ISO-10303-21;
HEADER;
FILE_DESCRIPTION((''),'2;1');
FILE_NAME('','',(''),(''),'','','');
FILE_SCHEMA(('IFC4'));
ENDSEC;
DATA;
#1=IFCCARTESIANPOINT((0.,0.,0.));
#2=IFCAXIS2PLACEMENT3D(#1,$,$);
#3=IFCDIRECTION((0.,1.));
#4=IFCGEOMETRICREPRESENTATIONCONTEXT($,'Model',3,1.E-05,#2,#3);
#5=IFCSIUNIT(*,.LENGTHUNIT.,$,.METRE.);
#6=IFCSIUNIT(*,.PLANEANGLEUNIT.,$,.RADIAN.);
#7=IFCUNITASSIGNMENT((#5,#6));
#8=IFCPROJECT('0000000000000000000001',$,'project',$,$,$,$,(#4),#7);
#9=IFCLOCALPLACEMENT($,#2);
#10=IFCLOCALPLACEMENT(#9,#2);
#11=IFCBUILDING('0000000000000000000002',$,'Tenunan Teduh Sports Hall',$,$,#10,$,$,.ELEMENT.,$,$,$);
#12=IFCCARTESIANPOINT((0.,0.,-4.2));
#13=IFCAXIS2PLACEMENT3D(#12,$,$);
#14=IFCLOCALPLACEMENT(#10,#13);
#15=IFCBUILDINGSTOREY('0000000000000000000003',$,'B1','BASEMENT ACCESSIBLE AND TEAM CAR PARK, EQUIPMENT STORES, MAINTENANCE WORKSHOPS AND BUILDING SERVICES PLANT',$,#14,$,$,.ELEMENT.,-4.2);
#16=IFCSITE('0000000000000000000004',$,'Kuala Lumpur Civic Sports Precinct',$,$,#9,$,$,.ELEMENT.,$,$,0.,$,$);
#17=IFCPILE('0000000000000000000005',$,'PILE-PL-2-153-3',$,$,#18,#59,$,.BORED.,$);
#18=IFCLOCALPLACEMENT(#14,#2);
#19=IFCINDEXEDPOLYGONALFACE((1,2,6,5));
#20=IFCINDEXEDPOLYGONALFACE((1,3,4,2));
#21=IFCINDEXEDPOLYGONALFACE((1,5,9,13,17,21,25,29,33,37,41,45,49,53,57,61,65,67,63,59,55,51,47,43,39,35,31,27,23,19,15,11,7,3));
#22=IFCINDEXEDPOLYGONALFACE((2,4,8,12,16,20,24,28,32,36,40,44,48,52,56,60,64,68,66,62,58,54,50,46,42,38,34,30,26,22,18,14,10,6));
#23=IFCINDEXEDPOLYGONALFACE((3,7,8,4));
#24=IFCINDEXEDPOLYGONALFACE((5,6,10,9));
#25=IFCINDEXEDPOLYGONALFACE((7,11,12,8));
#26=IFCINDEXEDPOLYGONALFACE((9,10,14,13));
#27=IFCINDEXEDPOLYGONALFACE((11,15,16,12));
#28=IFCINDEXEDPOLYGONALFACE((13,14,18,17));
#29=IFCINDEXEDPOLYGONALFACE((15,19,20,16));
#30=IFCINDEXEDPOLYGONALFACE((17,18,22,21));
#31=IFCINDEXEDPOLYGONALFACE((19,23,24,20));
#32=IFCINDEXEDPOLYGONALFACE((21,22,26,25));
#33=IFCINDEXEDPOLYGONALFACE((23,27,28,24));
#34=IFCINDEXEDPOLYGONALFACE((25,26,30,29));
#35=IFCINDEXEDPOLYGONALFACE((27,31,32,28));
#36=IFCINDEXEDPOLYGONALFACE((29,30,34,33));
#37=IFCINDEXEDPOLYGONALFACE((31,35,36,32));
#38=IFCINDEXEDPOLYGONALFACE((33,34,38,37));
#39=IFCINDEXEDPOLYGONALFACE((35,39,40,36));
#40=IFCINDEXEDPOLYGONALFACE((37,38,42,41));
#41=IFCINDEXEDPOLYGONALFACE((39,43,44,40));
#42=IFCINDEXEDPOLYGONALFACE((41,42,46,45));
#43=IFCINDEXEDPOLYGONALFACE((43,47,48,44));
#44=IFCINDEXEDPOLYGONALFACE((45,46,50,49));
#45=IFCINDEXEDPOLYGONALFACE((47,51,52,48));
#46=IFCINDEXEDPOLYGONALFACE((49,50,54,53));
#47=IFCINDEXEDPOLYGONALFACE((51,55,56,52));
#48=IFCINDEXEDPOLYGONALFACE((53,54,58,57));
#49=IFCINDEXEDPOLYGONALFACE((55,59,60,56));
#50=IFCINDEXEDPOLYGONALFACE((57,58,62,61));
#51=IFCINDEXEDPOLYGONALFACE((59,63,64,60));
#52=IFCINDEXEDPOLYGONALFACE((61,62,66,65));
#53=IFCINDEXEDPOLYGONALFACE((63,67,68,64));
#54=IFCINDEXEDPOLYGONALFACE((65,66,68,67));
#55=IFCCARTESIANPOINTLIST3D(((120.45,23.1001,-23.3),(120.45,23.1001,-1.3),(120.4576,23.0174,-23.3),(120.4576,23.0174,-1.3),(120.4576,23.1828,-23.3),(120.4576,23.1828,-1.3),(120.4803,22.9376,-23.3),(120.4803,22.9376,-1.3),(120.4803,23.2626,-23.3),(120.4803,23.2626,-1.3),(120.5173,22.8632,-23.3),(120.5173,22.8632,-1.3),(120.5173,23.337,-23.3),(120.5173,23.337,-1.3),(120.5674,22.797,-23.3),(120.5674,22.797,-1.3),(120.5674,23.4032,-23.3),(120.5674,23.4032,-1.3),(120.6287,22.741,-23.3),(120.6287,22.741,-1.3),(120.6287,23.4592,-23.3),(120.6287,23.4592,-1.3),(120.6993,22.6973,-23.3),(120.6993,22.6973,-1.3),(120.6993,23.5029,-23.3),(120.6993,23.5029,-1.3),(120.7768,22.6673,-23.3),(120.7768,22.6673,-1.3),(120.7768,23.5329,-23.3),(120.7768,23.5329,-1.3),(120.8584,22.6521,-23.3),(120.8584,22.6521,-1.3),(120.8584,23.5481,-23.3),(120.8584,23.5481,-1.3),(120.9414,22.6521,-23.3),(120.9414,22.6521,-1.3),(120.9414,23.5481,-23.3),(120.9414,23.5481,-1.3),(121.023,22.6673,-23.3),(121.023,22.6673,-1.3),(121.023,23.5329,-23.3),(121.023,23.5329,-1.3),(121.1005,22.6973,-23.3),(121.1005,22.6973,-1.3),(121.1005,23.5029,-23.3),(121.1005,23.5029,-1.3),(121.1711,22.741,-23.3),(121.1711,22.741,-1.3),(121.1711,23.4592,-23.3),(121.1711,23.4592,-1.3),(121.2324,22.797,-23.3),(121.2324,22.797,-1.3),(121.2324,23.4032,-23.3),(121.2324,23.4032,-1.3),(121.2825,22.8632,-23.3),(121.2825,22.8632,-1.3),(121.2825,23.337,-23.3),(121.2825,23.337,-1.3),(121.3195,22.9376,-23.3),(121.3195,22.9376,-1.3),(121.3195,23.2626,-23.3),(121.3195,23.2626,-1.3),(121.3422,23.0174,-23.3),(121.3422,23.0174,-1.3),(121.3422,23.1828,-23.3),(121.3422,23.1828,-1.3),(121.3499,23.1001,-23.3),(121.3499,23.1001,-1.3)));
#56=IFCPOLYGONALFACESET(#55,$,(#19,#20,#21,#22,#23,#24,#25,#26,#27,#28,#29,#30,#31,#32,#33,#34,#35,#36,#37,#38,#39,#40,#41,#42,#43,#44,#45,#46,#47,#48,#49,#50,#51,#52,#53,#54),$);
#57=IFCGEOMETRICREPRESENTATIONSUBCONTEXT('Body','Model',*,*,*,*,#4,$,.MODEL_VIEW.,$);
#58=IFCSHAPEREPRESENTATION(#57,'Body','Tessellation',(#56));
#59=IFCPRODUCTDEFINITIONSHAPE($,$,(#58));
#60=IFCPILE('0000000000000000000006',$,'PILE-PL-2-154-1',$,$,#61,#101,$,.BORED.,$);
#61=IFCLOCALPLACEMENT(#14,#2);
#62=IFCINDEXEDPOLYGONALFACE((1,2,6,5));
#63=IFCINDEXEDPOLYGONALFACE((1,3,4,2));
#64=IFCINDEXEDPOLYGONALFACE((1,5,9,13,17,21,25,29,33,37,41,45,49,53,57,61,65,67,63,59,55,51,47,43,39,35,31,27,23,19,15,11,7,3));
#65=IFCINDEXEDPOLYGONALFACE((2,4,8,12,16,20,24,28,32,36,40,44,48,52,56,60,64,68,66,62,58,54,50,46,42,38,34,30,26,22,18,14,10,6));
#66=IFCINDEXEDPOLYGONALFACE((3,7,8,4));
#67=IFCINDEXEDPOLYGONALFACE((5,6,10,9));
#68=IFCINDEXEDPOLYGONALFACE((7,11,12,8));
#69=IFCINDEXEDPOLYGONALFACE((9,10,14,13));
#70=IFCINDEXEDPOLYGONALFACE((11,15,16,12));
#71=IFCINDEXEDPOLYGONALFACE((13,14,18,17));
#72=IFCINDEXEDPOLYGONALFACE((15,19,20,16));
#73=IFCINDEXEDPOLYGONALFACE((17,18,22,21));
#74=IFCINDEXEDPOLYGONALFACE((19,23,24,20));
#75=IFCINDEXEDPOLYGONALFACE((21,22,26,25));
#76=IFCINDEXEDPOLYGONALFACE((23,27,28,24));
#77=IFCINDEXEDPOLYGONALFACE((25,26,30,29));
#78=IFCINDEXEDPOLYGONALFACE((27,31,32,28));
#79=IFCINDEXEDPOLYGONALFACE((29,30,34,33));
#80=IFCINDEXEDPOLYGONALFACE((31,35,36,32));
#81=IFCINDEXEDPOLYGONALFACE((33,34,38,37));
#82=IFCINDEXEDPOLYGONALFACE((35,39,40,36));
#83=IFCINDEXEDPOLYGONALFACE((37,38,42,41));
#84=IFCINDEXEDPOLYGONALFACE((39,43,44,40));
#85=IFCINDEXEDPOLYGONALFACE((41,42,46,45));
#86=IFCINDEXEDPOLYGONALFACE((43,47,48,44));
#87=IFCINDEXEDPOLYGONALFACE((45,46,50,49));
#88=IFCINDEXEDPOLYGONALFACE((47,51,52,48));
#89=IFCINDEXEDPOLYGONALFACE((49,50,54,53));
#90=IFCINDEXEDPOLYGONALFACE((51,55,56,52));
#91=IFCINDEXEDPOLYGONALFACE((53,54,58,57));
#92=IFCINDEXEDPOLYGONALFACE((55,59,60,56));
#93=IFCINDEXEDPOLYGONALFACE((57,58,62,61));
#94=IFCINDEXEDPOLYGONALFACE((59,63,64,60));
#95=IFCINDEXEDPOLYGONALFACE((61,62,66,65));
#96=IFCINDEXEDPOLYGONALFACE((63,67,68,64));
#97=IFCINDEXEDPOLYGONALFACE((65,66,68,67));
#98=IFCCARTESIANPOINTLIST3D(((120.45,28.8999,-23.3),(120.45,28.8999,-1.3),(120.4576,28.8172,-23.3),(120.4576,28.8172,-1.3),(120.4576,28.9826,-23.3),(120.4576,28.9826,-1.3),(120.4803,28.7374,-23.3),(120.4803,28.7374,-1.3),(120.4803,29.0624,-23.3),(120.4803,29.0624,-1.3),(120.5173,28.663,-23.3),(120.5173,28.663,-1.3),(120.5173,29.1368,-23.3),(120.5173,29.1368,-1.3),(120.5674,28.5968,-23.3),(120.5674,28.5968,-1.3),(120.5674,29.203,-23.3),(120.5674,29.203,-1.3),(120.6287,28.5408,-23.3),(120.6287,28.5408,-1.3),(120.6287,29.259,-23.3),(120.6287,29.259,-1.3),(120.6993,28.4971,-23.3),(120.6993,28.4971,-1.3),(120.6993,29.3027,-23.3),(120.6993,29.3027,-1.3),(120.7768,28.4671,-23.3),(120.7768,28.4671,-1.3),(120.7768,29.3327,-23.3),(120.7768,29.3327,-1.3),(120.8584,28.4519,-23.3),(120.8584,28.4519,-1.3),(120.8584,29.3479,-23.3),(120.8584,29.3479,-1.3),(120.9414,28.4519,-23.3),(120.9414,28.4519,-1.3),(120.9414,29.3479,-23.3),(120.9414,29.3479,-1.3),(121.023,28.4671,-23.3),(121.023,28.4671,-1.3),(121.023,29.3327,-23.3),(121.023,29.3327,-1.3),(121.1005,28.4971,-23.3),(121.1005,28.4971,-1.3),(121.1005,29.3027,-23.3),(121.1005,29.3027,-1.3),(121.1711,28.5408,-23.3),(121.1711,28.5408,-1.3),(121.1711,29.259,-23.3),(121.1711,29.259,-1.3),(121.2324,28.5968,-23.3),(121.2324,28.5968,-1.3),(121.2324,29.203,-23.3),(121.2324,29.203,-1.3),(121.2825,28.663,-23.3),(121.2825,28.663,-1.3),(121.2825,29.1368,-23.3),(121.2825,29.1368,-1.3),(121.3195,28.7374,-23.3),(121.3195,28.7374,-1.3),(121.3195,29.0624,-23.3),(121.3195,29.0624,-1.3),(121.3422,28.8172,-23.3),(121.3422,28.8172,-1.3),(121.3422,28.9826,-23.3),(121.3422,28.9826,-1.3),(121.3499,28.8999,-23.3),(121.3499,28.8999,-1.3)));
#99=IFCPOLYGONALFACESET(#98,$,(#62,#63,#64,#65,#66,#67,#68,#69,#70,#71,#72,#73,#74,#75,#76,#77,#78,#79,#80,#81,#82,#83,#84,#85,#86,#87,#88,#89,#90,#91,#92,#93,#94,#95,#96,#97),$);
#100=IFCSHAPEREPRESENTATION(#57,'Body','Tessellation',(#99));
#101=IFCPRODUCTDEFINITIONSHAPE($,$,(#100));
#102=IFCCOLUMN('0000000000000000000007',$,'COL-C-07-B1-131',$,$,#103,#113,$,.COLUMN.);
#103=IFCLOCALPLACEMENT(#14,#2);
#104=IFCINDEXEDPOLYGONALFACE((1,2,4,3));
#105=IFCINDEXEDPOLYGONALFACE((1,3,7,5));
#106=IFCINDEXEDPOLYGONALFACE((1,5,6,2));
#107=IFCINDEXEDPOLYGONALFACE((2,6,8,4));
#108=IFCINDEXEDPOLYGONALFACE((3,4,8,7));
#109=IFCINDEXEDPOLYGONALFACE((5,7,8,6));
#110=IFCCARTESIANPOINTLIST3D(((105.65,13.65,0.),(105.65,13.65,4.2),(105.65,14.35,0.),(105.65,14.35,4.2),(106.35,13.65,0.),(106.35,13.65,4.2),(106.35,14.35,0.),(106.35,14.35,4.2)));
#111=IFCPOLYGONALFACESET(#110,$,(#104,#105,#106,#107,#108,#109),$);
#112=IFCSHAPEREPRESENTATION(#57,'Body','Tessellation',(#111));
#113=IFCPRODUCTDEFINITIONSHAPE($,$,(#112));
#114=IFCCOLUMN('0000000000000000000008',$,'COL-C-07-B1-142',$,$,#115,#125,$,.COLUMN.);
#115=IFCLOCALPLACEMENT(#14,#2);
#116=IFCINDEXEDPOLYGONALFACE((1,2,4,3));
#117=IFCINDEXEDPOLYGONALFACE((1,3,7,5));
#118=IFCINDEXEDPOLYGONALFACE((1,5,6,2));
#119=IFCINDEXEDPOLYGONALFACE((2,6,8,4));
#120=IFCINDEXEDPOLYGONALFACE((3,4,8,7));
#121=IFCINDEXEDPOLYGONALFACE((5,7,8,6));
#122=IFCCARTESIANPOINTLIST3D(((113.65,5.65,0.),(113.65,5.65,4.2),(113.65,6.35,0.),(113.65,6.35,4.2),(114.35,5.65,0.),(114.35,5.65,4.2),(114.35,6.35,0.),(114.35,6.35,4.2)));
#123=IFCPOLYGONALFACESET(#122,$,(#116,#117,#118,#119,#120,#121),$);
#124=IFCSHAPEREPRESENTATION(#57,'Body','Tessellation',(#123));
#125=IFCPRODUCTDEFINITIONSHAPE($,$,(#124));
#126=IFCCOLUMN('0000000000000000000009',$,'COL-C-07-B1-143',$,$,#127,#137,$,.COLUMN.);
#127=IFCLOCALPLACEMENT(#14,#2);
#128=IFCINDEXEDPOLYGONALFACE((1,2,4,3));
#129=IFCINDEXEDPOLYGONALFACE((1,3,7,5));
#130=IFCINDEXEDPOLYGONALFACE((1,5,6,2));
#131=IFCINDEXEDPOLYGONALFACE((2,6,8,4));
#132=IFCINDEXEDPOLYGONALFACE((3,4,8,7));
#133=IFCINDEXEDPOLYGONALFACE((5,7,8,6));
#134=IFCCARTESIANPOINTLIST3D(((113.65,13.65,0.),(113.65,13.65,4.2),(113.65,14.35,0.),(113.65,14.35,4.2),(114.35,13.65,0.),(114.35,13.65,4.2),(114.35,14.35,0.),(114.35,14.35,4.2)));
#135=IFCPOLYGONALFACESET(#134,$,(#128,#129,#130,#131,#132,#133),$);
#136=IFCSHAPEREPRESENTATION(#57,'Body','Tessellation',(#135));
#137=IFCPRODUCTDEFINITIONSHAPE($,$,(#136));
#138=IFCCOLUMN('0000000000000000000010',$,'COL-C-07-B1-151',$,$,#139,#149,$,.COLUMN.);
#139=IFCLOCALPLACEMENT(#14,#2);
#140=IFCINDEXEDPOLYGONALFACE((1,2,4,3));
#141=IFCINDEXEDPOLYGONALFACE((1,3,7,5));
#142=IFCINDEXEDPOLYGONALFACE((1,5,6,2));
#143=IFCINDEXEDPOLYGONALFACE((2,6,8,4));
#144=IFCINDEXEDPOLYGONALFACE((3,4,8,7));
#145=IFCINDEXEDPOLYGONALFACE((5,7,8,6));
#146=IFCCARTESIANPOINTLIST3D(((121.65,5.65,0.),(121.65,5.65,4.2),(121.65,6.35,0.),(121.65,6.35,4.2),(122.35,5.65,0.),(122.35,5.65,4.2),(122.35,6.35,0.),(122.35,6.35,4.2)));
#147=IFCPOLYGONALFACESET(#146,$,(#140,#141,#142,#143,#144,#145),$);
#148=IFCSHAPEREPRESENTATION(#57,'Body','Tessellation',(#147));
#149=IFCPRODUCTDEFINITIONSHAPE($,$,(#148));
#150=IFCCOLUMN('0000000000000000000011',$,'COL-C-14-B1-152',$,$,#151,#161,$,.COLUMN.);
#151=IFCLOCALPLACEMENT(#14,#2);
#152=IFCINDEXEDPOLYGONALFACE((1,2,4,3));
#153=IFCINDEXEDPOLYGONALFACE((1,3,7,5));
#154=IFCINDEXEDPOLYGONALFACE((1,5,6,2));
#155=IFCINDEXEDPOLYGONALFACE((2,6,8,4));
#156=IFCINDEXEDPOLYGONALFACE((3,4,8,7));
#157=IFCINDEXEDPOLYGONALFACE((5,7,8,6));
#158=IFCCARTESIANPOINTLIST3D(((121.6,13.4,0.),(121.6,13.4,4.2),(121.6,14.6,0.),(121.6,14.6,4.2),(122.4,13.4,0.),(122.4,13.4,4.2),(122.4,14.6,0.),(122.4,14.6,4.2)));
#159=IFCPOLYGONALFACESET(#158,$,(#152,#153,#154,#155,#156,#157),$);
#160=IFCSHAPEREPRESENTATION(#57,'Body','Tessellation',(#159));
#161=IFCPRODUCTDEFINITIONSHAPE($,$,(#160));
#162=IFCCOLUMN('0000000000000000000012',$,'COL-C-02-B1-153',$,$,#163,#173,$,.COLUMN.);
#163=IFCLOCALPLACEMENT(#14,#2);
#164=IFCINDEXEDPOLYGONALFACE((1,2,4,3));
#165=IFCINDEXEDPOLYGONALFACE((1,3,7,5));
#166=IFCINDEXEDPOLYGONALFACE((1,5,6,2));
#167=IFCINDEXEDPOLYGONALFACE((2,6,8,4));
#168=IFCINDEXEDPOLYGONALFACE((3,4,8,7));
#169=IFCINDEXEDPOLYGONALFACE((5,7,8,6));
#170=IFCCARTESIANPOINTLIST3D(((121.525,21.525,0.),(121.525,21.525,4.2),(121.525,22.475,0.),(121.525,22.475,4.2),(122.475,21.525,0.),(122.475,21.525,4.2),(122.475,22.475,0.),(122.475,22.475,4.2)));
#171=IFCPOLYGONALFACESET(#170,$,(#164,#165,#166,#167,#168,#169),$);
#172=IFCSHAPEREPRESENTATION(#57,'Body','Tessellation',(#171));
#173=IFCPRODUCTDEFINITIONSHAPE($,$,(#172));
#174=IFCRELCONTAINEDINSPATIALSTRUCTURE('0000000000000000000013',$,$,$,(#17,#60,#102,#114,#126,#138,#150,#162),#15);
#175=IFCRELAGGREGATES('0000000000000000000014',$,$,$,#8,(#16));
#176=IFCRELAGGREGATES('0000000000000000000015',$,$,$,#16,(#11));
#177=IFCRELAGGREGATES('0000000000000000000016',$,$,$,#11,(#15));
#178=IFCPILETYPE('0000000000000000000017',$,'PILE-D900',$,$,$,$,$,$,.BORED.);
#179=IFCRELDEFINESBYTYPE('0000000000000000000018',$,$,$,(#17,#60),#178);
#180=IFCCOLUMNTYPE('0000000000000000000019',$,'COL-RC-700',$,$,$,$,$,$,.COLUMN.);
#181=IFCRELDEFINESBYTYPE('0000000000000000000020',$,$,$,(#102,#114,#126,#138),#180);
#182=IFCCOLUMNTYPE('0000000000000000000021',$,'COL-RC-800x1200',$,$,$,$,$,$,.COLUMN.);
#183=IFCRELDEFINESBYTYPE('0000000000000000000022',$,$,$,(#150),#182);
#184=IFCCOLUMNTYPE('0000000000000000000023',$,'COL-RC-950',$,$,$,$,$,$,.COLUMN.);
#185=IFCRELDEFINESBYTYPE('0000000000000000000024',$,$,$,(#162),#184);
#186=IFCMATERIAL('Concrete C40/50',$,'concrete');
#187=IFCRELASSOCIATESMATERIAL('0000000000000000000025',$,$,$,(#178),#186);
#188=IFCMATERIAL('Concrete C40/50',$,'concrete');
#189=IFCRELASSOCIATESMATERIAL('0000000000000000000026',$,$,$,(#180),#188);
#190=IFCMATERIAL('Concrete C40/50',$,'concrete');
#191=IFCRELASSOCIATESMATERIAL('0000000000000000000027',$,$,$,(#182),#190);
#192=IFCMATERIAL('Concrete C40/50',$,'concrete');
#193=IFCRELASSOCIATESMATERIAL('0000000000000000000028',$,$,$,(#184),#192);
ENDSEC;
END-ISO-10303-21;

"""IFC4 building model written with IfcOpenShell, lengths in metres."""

from ifc_helpers import new_model, si_unit, direction, frame, origin, origin_2d, place, context, subcontext, project, spatial, rectangle, circle, extrude, material, material_profile, profile_set, type_object, element, save


model = new_model("IFC4")

# Units and contexts
model_context = context("Model", 3, precision=1e-05, world=origin(), true_north=direction((0.0, 1.0)))
body_context = subcontext(model_context, "Body", "Model", "MODEL_VIEW")
ifc_project = project(units=[si_unit("LENGTHUNIT", "METRE"), si_unit("PLANEANGLEUNIT", "RADIAN")], contexts=[model_context])

# Site, building, storey
site_placement = place(None, origin())
site = spatial("IfcSite", under=ifc_project, at=site_placement, Name="Kuala Lumpur Civic Sports Precinct", CompositionType="ELEMENT", RefElevation=0.0)
building_placement = place(site_placement, origin())
building = spatial("IfcBuilding", under=site, at=building_placement, Name="Tenunan Teduh Sports Hall", CompositionType="ELEMENT")
storey_placement = place(building_placement, frame((0.0, 0.0, -4.2)))
storey = spatial("IfcBuildingStorey", under=building, at=storey_placement, Name="B1", Description="BASEMENT ACCESSIBLE AND TEAM CAR PARK, EQUIPMENT STORES, MAINTENANCE WORKSHOPS AND BUILDING SERVICES PLANT", CompositionType="ELEMENT", Elevation=-4.2)

# Piles
ifc_material_1 = material(Name="Concrete C40/50", Category="concrete")
ifc_material_profile_1 = material_profile(ifc_material_1, circle(Radius=0.45, at=origin_2d()), Name="PILE D900")
ifc_profile_set_1 = profile_set([ifc_material_profile_1], Name="Concrete C40/50")
pile_type_1 = type_object("IfcPileType", Name="PILE-D900", PredefinedType="BORED", material=ifc_profile_set_1)
for number, where, z_axis, x_axis, name in (
    (1, (120.8999, 23.1001, -1.3), (0.0, 0.0, -1.0), (1.0, 0.0, 0.0), "PILE-PL-2-153-3"),
    (2, (120.8999, 28.8999, -1.3), (0.0, 0.0, -1.0), (1.0, 0.0, 0.0), "PILE-PL-2-154-1"),
):
    element("IfcPile", number, at=place(storey_placement, frame(where, z_axis=z_axis, x_axis=x_axis)), inside=storey, type_object=pile_type_1, Name=name, PredefinedType="BORED", context=body_context, shape_type="SweptSolid", body=[
        extrude(circle(Radius=0.45, at=origin_2d()), origin(), (0.0, 0.0, 1.0), 22.0),
    ])

# Columns
ifc_material_2 = material(Name="Concrete C40/50", Category="concrete")
ifc_material_profile_2 = material_profile(ifc_material_2, rectangle(XDim=0.7, YDim=0.7, at=origin_2d()), Name="RC 700x700")
ifc_profile_set_2 = profile_set([ifc_material_profile_2], Name="Concrete C40/50")
column_type_1 = type_object("IfcColumnType", Name="COL-RC-700", PredefinedType="COLUMN", material=ifc_profile_set_2)
for number, where, z_axis, x_axis, name in (
    (3, (106.0, 14.0, 0.0), (0.0, 0.0, 1.0), (1.0, 0.0, 0.0), "COL-C-07-B1-131"),
    (4, (114.0, 6.0, 0.0), (0.0, 0.0, 1.0), (1.0, 0.0, 0.0), "COL-C-07-B1-142"),
    (5, (114.0, 14.0, 0.0), (0.0, 0.0, 1.0), (1.0, 0.0, 0.0), "COL-C-07-B1-143"),
    (6, (122.0, 6.0, 0.0), (0.0, 0.0, 1.0), (1.0, 0.0, 0.0), "COL-C-07-B1-151"),
):
    element("IfcColumn", number, at=place(storey_placement, frame(where, z_axis=z_axis, x_axis=x_axis)), inside=storey, type_object=column_type_1, Name=name, PredefinedType="COLUMN", context=body_context, shape_type="SweptSolid", body=[
        extrude(rectangle(XDim=0.7, YDim=0.7, at=origin_2d()), origin(), (0.0, 0.0, 1.0), 4.2),
    ])
ifc_material_3 = material(Name="Concrete C40/50", Category="concrete")
ifc_material_profile_3 = material_profile(ifc_material_3, rectangle(XDim=0.8, YDim=1.2, at=origin_2d()), Name="RC 800x1200")
ifc_profile_set_3 = profile_set([ifc_material_profile_3], Name="Concrete C40/50")
column_type_2 = type_object("IfcColumnType", Name="COL-RC-800x1200", PredefinedType="COLUMN", material=ifc_profile_set_3)
column_1_placement = place(storey_placement, frame((122.0, 14.0, 0.0), z_axis=(0.0, 0.0, 1.0), x_axis=(1.0, 0.0, 0.0)))
element("IfcColumn", 7, at=column_1_placement, inside=storey, type_object=column_type_2, Name="COL-C-14-B1-152", PredefinedType="COLUMN", context=body_context, shape_type="SweptSolid", body=[
    extrude(rectangle(XDim=0.8, YDim=1.2, at=origin_2d()), origin(), (0.0, 0.0, 1.0), 4.2),
])
ifc_material_4 = material(Name="Concrete C40/50", Category="concrete")
ifc_material_profile_4 = material_profile(ifc_material_4, rectangle(XDim=0.95, YDim=0.95, at=origin_2d()), Name="RC 950x950")
ifc_profile_set_4 = profile_set([ifc_material_profile_4], Name="Concrete C40/50")
column_type_3 = type_object("IfcColumnType", Name="COL-RC-950", PredefinedType="COLUMN", material=ifc_profile_set_4)
column_2_placement = place(storey_placement, frame((122.0, 22.0, 0.0), z_axis=(0.0, 0.0, 1.0), x_axis=(1.0, 0.0, 0.0)))
element("IfcColumn", 8, at=column_2_placement, inside=storey, type_object=column_type_3, Name="COL-C-02-B1-153", PredefinedType="COLUMN", context=body_context, shape_type="SweptSolid", body=[
    extrude(rectangle(XDim=0.95, YDim=0.95, at=origin_2d()), origin(), (0.0, 0.0, 1.0), 4.2),
])

save(model, "model.ifc")
